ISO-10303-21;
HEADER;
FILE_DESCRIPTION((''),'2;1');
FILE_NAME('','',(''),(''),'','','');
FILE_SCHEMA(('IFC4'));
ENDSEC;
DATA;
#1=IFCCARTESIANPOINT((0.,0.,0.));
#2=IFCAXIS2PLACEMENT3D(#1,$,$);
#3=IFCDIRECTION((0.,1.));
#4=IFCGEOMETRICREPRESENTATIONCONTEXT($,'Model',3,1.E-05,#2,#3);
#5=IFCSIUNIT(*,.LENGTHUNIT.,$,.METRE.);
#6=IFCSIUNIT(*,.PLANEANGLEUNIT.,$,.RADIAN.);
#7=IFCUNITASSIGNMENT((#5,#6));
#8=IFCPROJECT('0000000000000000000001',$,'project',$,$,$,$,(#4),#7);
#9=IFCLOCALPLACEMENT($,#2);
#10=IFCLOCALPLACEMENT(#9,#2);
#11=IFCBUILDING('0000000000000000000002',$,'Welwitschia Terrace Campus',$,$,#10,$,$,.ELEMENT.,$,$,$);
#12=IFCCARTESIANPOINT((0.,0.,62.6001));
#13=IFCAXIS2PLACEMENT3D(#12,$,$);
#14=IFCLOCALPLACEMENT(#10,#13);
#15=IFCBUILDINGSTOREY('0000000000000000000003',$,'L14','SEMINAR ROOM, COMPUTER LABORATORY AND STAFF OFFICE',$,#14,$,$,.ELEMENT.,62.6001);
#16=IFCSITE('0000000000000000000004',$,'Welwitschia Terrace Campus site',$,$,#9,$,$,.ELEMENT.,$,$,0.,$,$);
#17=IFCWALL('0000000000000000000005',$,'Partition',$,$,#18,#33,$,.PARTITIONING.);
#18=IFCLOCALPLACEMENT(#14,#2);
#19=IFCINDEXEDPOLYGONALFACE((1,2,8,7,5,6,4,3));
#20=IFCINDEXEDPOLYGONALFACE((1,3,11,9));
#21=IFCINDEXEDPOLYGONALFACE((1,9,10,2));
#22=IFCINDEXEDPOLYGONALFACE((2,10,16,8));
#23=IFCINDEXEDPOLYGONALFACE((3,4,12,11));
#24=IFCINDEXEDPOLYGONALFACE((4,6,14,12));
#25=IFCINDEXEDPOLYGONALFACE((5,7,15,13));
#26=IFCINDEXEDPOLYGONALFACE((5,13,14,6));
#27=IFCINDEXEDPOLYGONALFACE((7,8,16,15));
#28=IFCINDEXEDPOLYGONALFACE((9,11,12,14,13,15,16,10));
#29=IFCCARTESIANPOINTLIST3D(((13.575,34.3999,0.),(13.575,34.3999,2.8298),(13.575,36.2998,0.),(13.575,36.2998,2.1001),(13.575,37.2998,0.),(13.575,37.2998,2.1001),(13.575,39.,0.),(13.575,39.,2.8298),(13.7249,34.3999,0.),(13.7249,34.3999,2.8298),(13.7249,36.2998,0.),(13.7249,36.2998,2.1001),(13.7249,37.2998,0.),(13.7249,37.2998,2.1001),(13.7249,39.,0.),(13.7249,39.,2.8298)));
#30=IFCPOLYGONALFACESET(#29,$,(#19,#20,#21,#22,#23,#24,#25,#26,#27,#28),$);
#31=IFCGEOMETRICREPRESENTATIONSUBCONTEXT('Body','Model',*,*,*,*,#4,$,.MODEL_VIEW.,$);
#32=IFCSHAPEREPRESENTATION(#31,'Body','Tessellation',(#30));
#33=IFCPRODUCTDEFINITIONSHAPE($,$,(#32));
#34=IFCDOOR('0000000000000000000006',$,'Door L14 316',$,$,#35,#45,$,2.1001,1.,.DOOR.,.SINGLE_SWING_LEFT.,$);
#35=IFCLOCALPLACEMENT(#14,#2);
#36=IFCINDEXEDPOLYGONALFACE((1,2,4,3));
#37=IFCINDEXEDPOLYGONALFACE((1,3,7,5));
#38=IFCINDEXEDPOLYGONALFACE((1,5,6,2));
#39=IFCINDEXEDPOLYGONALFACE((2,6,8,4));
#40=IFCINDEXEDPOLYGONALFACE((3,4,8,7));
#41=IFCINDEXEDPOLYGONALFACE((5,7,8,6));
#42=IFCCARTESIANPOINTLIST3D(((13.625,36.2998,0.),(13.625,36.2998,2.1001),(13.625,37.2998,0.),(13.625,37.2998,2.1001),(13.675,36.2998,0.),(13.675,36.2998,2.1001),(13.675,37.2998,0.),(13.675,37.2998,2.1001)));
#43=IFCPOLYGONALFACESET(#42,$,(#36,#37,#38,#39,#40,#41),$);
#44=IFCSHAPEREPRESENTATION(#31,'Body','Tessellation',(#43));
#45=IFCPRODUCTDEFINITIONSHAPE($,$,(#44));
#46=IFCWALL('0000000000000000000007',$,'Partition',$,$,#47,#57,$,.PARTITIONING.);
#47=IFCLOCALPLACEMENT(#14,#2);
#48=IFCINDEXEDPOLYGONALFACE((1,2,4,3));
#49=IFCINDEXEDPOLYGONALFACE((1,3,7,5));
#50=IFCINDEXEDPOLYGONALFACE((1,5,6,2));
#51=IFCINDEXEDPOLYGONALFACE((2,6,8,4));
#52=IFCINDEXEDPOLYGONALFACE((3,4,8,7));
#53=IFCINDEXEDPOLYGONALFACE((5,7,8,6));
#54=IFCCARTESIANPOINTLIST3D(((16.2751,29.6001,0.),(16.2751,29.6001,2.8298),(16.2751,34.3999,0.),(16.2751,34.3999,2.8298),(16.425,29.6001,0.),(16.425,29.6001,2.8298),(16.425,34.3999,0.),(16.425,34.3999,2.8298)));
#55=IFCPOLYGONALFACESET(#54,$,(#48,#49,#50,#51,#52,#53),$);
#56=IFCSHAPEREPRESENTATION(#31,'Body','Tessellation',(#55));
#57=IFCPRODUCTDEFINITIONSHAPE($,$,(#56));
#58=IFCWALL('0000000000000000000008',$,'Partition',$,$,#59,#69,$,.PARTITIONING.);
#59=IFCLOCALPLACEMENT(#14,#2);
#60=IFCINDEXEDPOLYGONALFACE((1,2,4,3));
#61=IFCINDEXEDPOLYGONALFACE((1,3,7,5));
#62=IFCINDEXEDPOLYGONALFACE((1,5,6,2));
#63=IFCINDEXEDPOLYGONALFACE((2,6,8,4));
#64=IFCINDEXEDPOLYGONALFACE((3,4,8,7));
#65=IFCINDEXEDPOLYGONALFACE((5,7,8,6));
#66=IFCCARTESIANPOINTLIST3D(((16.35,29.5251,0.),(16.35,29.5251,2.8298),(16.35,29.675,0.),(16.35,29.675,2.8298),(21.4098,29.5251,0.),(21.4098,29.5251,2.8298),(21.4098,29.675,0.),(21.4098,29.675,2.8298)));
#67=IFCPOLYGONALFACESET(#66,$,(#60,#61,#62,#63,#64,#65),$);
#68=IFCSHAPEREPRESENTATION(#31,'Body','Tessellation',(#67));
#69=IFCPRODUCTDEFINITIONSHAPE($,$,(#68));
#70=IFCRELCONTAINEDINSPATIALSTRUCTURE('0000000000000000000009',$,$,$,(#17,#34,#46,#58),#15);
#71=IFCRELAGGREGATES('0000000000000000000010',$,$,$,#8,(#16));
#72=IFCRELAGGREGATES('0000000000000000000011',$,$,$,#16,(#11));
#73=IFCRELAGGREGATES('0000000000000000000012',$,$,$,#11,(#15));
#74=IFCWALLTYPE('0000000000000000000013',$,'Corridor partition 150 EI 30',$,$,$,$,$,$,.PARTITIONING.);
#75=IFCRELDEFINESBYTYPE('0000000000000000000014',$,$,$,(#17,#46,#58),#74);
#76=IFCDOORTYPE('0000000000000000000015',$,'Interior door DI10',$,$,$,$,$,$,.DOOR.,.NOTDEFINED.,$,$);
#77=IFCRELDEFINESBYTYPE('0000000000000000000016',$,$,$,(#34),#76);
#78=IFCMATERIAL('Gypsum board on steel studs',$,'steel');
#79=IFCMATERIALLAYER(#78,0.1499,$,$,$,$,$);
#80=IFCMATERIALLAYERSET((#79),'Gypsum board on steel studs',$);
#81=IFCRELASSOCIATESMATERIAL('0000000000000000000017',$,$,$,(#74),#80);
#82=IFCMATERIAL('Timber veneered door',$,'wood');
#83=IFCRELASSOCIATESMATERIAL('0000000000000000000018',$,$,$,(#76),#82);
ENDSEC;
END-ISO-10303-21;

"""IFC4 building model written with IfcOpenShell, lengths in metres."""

from ifc_helpers import new_model, si_unit, direction, frame, frame_2d, origin, place, context, subcontext, project, spatial, rectangle, extrude, material, layer, layer_set, type_object, element, fill, save


model = new_model("IFC4")

# Units and contexts
model_context = context("Model", 3, precision=1e-05, world=origin(), true_north=direction((0.0, 1.0)))
body_context = subcontext(model_context, "Body", "Model", "MODEL_VIEW")
ifc_project = project(units=[si_unit("LENGTHUNIT", "METRE"), si_unit("PLANEANGLEUNIT", "RADIAN")], contexts=[model_context])

# Site, building, storey
site_placement = place(None, origin())
site = spatial("IfcSite", under=ifc_project, at=site_placement, Name="Welwitschia Terrace Campus site", CompositionType="ELEMENT", RefElevation=0.0)
building_placement = place(site_placement, origin())
building = spatial("IfcBuilding", under=site, at=building_placement, Name="Welwitschia Terrace Campus", CompositionType="ELEMENT")
storey_placement = place(building_placement, frame((0.0, 0.0, 62.6001)))
storey = spatial("IfcBuildingStorey", under=building, at=storey_placement, Name="L14", Description="SEMINAR ROOM, COMPUTER LABORATORY AND STAFF OFFICE", CompositionType="ELEMENT", Elevation=62.6001)

# Shared definitions
ifc_material_1 = material(Name="Gypsum board on steel studs", Category="steel")
ifc_layer_1 = layer(ifc_material_1, 0.1499)
ifc_layer_set_1 = layer_set([ifc_layer_1], Name="Gypsum board on steel studs")
wall_type_1 = type_object("IfcWallType", Name="Corridor partition 150 EI 30", PredefinedType="PARTITIONING", material=ifc_layer_set_1)

# Wall, opening, door
wall_1_placement = place(storey_placement, frame((13.6499, 34.3999, 0.0), z_axis=(0.0, 0.0, 1.0), x_axis=(0.0, 1.0, 0.0)))
wall_1 = element("IfcWall", 1, at=wall_1_placement, inside=storey, type_object=wall_type_1, Name="Partition", PredefinedType="PARTITIONING", context=body_context, shape_type="SweptSolid", body=[
    extrude(rectangle(XDim=4.6001, YDim=0.1499, at=frame_2d((2.3, 0.0))), origin(), (0.0, 0.0, 1.0), 2.8298),
])
opening_1_placement = place(wall_1_placement, frame((1.8999, 0.0, 0.0)))
opening_1 = element("IfcOpeningElement", 2, at=opening_1_placement, cuts=wall_1, PredefinedType="OPENING", context=body_context, shape_type="SweptSolid", body=[
    extrude(rectangle(XDim=1.0, YDim=2.1001, at=frame_2d((0.5, 1.05))), frame((0.0, 0.085, 0.0), z_axis=(0.0, -1.0, 0.0), x_axis=(1.0, 0.0, 0.0)), (0.0, 0.0, 1.0), 0.1699),
])
ifc_material_2 = material(Name="Timber veneered door", Category="wood")
door_type_1 = type_object("IfcDoorType", Name="Interior door DI10", OperationType="NOTDEFINED", PredefinedType="DOOR", material=ifc_material_2)
door_1_placement = place(opening_1_placement, origin())
door_1 = element("IfcDoor", 3, at=door_1_placement, inside=storey, type_object=door_type_1, Name="Door L14 316", OperationType="SINGLE_SWING_LEFT", OverallHeight=2.1001, OverallWidth=1.0, PredefinedType="DOOR", context=body_context, shape_type="SweptSolid", body=[
    extrude(rectangle(XDim=1.0, YDim=2.1001, at=frame_2d((0.5, 1.05))), frame((0.0, 0.0249, 0.0), z_axis=(0.0, -1.0, 0.0), x_axis=(1.0, 0.0, 0.0)), (0.0, 0.0, 1.0), 0.05),
])
fill(opening_1, door_1)

# Walls
wall_2_placement = place(storey_placement, frame((16.3501, 29.6001, 0.0), z_axis=(0.0, 0.0, 1.0), x_axis=(0.0, 1.0, 0.0)))
element("IfcWall", 4, at=wall_2_placement, inside=storey, type_object=wall_type_1, Name="Partition", PredefinedType="PARTITIONING", context=body_context, shape_type="SweptSolid", body=[
    extrude(rectangle(XDim=4.7998, YDim=0.1499, at=frame_2d((2.3999, 0.0))), origin(), (0.0, 0.0, 1.0), 2.8298),
])
wall_3_placement = place(storey_placement, frame((16.3501, 29.6001, 0.0), z_axis=(0.0, 0.0, 1.0), x_axis=(1.0, 0.0, 0.0)))
element("IfcWall", 5, at=wall_3_placement, inside=storey, type_object=wall_type_1, Name="Partition", PredefinedType="PARTITIONING", context=body_context, shape_type="SweptSolid", body=[
    extrude(rectangle(XDim=5.0598, YDim=0.1499, at=frame_2d((2.5298, 0.0))), origin(), (0.0, 0.0, 1.0), 2.8298),
])

save(model, "model.ifc")
